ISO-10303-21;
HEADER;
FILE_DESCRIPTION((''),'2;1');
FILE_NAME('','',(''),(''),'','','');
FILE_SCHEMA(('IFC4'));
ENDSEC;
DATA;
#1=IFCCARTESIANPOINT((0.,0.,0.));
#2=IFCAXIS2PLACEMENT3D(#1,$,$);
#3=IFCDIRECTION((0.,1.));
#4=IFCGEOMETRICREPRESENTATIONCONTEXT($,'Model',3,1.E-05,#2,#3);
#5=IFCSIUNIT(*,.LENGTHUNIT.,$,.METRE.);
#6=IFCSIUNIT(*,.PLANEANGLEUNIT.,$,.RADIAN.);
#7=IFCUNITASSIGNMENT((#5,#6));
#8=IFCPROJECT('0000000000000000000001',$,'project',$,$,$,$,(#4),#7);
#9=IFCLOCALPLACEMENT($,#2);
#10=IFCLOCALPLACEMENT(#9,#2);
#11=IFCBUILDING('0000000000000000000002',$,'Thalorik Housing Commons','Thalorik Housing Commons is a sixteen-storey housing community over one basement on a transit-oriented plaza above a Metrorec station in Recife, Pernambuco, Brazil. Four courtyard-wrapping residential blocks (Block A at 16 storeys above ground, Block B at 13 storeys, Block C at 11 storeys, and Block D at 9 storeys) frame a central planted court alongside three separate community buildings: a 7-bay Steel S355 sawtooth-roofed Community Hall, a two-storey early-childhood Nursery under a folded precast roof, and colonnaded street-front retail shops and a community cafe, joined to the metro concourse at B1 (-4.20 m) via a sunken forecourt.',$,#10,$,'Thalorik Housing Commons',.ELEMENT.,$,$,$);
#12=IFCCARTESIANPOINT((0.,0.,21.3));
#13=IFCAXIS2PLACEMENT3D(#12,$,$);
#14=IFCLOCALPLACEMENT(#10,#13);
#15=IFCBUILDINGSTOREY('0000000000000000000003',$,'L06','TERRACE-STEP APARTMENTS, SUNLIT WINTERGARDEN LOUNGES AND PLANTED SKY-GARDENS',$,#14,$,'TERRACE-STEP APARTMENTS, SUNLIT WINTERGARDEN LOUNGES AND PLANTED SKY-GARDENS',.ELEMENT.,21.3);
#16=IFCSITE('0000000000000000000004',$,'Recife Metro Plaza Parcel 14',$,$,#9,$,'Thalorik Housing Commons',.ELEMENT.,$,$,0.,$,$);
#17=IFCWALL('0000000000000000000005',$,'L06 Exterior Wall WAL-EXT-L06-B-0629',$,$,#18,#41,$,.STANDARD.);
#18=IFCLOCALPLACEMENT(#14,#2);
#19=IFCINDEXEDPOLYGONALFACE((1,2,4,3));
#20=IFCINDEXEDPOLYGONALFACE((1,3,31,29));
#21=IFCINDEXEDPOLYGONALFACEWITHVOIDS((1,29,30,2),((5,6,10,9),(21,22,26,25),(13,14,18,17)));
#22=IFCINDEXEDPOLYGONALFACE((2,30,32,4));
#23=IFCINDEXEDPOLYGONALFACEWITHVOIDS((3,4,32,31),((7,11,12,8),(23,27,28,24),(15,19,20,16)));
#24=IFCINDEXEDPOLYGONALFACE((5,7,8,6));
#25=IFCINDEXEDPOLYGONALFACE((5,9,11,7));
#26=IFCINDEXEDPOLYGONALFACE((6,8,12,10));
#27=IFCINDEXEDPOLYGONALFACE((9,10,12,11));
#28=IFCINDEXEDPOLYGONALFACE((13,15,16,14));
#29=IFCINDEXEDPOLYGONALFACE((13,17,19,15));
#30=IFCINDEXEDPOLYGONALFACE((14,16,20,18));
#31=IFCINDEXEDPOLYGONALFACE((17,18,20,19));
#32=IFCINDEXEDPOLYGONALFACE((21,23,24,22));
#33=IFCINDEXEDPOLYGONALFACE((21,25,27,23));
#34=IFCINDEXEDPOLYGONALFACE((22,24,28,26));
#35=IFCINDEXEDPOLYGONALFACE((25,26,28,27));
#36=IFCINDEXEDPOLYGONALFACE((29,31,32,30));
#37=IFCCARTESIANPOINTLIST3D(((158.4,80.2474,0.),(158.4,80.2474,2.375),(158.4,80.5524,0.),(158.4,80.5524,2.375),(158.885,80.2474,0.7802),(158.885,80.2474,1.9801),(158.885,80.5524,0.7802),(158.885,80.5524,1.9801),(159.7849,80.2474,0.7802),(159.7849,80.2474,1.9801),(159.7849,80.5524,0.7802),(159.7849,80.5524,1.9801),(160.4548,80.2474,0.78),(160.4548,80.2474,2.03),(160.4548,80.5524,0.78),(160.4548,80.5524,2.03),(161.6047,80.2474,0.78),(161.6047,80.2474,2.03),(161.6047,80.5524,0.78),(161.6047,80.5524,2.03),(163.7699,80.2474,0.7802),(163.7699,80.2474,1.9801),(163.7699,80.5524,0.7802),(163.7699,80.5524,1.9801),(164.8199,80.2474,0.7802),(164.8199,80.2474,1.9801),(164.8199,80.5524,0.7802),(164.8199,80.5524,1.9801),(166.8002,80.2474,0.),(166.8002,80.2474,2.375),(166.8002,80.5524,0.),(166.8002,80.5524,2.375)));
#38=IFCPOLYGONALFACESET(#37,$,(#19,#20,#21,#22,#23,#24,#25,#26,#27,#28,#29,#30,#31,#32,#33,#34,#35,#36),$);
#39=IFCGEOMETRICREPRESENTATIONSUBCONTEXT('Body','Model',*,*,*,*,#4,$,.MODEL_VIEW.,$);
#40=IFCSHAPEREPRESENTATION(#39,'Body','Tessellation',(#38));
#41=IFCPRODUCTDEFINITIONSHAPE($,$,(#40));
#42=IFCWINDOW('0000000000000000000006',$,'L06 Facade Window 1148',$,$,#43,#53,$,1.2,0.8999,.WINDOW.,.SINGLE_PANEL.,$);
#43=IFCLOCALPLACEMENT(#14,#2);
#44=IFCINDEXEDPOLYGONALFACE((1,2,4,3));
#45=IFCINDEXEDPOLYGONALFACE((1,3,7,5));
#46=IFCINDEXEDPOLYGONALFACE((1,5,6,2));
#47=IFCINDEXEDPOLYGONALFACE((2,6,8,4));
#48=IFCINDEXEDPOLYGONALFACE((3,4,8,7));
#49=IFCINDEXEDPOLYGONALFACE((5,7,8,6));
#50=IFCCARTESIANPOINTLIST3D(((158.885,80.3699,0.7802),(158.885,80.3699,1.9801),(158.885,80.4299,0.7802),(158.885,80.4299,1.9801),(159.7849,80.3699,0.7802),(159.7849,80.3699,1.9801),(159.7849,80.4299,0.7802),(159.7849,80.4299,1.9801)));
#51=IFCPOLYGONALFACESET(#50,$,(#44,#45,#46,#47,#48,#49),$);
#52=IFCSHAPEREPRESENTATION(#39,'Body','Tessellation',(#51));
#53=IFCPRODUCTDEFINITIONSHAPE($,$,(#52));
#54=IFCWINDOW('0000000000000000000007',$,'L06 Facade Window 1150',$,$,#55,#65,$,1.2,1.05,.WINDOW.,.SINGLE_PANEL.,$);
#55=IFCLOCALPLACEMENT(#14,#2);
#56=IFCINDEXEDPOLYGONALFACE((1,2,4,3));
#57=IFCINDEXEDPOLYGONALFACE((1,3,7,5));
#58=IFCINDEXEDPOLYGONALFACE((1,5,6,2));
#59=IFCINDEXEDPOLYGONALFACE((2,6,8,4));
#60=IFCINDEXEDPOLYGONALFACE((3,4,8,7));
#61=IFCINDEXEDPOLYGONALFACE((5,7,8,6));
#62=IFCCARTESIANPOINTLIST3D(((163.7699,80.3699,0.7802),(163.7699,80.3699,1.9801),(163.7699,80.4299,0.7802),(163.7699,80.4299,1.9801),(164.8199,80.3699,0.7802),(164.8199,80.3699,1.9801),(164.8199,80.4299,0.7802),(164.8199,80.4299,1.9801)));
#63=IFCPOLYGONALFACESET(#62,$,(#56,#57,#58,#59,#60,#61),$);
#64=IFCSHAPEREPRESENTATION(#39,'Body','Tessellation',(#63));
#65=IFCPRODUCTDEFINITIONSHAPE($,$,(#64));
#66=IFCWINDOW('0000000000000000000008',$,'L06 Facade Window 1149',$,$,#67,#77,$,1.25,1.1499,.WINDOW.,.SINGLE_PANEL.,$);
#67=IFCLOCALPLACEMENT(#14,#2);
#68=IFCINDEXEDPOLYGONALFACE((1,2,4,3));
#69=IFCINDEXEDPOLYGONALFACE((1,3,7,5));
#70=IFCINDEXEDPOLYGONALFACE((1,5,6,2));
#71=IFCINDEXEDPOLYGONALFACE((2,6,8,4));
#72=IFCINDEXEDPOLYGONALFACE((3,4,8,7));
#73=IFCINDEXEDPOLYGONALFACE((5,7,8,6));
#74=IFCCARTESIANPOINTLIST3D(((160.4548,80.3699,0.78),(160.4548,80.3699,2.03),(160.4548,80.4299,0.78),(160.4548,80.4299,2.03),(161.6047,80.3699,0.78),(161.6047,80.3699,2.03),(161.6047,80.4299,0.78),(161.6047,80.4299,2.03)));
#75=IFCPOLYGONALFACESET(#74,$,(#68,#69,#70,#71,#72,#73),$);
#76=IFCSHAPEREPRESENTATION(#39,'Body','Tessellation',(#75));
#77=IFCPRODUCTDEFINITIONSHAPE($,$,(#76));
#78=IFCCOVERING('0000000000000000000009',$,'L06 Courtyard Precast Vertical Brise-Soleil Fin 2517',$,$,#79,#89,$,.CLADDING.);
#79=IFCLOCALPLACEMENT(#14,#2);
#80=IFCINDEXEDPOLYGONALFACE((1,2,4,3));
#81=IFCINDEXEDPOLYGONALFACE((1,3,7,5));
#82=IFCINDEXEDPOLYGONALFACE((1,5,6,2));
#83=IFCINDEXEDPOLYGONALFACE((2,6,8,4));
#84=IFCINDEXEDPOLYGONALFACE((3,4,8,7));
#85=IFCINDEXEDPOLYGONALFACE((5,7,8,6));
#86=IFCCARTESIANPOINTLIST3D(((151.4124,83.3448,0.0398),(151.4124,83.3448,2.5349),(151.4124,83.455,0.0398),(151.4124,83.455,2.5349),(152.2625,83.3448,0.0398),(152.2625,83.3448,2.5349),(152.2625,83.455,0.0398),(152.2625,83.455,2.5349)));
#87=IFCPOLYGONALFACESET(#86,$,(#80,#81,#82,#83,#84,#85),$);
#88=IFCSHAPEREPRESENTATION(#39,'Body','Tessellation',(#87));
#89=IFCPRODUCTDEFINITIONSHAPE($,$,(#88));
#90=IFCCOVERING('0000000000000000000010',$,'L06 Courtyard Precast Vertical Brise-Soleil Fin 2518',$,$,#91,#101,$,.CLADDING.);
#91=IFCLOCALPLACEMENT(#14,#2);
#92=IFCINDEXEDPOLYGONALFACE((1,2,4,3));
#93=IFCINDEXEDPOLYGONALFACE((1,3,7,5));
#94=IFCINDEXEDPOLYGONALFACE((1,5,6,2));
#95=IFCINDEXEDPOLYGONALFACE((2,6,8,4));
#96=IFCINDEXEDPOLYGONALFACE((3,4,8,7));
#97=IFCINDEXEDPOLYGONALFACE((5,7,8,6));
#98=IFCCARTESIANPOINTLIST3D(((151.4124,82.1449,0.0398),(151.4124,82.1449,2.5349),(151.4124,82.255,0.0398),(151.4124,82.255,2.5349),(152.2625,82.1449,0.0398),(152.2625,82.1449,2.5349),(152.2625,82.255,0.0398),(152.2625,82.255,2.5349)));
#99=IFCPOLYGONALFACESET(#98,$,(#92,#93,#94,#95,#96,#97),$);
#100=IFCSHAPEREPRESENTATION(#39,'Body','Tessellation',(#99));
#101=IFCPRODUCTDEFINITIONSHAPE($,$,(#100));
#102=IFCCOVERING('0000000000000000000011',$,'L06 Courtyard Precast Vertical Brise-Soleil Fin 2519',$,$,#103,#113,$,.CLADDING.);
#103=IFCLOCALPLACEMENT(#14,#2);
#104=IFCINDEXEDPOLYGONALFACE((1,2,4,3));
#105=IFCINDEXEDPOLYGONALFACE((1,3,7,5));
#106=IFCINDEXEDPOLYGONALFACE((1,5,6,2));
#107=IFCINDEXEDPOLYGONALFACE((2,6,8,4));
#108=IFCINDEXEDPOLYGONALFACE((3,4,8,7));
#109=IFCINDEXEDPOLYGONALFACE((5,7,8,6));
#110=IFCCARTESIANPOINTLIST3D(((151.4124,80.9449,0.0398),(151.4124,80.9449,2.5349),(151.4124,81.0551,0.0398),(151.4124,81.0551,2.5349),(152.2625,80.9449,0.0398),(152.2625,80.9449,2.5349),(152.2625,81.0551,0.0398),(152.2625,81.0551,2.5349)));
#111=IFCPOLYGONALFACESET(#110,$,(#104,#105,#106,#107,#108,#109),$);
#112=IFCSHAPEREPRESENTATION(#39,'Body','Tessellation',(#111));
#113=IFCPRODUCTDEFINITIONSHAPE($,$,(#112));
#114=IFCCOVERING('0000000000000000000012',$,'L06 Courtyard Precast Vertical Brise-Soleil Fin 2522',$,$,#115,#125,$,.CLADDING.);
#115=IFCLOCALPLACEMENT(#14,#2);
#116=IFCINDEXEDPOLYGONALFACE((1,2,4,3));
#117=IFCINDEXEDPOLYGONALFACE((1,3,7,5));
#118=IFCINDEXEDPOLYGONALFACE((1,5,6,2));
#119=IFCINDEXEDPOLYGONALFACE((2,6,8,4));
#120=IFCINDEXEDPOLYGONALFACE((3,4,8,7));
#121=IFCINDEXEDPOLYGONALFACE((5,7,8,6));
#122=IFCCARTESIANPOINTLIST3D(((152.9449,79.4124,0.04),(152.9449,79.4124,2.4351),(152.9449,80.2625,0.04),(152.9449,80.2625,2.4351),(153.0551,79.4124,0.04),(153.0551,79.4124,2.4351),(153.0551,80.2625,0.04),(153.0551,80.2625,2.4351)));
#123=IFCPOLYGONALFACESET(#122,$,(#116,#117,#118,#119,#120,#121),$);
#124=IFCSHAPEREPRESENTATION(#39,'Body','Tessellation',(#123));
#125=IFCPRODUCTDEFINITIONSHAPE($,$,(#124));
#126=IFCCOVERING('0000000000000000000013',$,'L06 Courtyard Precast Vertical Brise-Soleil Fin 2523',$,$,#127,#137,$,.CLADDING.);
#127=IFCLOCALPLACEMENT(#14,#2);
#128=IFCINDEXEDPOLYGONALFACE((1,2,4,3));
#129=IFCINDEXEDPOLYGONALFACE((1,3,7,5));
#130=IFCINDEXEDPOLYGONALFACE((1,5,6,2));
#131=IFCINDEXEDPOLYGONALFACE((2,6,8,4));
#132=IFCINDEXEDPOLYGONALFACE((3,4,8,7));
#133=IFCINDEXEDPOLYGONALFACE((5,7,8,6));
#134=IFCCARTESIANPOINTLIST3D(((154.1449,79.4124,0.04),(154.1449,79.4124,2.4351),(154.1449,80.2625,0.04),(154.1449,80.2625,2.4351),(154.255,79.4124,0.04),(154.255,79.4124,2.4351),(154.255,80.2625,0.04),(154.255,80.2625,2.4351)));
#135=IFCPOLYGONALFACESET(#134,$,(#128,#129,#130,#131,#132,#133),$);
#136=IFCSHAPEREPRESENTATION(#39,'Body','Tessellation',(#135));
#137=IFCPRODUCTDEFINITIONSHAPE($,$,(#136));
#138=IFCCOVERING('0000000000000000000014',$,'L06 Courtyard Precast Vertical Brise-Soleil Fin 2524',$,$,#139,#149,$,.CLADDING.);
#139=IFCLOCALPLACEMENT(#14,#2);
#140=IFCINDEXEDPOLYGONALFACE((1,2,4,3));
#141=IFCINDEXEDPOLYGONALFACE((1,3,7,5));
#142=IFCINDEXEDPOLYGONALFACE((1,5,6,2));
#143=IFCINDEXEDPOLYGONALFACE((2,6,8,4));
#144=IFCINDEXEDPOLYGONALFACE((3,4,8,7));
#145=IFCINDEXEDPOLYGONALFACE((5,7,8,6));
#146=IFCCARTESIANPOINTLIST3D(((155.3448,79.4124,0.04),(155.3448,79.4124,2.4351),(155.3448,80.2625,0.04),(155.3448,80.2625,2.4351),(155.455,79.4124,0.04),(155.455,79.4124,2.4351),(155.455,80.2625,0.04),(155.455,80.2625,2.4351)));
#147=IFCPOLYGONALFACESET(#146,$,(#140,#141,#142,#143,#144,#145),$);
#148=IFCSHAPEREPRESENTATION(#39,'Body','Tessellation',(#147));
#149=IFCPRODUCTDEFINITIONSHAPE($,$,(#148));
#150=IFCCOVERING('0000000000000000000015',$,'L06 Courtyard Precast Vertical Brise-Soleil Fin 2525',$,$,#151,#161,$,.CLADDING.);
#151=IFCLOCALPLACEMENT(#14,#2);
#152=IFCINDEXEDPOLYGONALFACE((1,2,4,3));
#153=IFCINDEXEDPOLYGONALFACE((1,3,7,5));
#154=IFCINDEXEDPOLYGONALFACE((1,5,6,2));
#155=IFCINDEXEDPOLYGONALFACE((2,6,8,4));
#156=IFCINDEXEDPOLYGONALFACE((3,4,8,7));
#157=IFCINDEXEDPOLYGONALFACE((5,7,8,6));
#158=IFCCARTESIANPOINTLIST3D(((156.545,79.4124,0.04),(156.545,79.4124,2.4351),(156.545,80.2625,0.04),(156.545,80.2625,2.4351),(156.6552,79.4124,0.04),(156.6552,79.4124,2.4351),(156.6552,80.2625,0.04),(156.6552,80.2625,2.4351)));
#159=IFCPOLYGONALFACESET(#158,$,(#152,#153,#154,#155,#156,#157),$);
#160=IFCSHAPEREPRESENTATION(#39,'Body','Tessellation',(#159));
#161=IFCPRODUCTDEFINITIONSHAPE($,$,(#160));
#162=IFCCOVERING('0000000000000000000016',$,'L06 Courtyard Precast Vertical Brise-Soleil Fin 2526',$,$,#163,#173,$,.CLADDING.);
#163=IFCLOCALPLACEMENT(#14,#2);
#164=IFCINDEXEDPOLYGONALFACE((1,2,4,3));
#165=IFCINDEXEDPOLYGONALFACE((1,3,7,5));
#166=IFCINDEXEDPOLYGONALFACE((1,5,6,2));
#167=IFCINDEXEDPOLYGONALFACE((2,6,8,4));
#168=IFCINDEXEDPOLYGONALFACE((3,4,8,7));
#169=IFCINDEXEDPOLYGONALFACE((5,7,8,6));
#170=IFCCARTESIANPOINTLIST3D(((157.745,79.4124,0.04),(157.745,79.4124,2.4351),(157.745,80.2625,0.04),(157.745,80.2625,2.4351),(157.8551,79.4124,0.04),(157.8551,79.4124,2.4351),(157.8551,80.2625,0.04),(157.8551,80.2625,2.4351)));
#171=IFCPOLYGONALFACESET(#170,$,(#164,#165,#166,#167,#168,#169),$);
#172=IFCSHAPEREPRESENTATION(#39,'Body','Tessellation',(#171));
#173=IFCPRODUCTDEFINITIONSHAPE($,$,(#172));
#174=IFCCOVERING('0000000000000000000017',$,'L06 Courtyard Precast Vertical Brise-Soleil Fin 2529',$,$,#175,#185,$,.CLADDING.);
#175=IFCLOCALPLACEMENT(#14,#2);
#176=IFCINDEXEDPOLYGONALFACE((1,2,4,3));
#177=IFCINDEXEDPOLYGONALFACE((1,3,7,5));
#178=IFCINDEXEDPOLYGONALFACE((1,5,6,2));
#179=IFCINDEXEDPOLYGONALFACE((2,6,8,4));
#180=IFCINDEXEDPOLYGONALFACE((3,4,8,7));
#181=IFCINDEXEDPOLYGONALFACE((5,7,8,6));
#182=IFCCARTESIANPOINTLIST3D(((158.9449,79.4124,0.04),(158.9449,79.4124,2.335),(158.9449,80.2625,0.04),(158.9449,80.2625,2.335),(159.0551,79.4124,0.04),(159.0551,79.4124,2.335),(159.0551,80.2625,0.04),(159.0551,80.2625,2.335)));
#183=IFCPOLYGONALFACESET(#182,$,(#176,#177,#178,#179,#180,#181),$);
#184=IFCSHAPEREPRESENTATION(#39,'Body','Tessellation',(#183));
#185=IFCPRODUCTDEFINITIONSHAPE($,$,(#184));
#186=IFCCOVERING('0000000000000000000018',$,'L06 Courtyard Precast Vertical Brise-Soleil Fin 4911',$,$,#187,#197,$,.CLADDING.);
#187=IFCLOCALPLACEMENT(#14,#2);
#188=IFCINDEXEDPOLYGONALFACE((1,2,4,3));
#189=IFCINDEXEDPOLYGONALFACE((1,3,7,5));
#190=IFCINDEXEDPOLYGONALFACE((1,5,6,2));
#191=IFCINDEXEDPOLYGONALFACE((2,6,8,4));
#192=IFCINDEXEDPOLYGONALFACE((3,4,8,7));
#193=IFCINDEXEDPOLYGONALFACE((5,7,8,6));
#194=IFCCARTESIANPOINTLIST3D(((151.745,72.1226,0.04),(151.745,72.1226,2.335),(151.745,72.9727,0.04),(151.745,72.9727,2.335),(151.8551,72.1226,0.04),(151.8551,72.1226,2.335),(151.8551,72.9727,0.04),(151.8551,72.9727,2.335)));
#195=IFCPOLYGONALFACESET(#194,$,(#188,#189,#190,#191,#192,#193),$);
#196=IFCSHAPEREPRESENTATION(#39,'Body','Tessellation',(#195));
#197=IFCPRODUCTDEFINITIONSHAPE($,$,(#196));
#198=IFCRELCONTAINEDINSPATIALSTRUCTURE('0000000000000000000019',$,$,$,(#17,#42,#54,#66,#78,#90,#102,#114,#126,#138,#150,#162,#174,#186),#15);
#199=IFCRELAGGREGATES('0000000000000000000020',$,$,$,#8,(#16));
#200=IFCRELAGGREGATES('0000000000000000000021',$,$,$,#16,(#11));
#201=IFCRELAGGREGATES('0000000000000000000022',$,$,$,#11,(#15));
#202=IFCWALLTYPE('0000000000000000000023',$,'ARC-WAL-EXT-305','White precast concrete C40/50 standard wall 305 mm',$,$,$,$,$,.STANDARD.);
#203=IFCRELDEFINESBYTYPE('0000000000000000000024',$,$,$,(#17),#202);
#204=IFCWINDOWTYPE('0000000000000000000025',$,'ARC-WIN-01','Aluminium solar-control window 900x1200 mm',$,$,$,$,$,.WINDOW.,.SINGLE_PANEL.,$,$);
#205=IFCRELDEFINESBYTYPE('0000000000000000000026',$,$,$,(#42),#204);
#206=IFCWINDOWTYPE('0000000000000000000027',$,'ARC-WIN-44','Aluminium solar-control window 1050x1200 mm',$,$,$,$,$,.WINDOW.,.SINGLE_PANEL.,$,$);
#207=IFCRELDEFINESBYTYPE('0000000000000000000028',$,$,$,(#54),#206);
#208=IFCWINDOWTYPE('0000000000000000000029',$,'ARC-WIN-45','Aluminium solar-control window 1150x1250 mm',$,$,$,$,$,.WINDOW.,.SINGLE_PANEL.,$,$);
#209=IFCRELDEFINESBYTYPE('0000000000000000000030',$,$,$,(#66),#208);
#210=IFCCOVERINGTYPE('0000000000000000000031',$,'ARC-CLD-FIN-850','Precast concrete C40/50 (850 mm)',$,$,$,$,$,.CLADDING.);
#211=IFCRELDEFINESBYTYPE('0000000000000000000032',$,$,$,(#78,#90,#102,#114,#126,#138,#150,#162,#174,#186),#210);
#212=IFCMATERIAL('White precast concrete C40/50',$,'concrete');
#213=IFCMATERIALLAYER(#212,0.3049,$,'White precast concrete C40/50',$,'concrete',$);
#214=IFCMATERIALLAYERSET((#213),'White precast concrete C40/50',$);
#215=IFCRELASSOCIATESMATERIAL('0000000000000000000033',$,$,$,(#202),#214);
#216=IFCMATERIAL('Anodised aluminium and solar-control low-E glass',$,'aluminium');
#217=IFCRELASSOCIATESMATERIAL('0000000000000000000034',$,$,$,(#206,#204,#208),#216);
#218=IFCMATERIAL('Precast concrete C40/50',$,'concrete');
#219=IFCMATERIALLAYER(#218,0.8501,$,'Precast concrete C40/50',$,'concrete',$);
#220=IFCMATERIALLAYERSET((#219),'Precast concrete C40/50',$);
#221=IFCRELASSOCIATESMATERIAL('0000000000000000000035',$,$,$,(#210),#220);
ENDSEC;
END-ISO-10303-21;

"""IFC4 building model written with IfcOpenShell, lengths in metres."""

from ifc_helpers import new_model, si_unit, direction, frame, frame_2d, origin, origin_2d, place, context, subcontext, project, spatial, rectangle, extrude, material, layer, layer_set, type_object, element, fill, save


model = new_model("IFC4")

# Units and contexts
model_context = context("Model", 3, precision=1e-05, world=origin(), true_north=direction((0.0, 1.0)))
body_context = subcontext(model_context, "Body", "Model", "MODEL_VIEW")
ifc_project = project(units=[si_unit("LENGTHUNIT", "METRE"), si_unit("PLANEANGLEUNIT", "RADIAN")], contexts=[model_context])

# Site, building, storey
site_placement = place(None, origin())
site = spatial("IfcSite", under=ifc_project, at=site_placement, Name="Recife Metro Plaza Parcel 14", LongName="Thalorik Housing Commons", CompositionType="ELEMENT", RefElevation=0.0)
building_placement = place(site_placement, origin())
building = spatial("IfcBuilding", under=site, at=building_placement, Name="Thalorik Housing Commons", Description="Thalorik Housing Commons is a sixteen-storey housing community over one basement on a transit-oriented plaza above a Metrorec station in Recife, Pernambuco, Brazil. Four courtyard-wrapping residential blocks (Block A at 16 storeys above ground, Block B at 13 storeys, Block C at 11 storeys, and Block D at 9 storeys) frame a central planted court alongside three separate community buildings: a 7-bay Steel S355 sawtooth-roofed Community Hall, a two-storey early-childhood Nursery under a folded precast roof, and colonnaded street-front retail shops and a community cafe, joined to the metro concourse at B1 (-4.20 m) via a sunken forecourt.", LongName="Thalorik Housing Commons", CompositionType="ELEMENT")
storey_placement = place(building_placement, frame((0.0, 0.0, 21.3)))
storey = spatial("IfcBuildingStorey", under=building, at=storey_placement, Name="L06", Description="TERRACE-STEP APARTMENTS, SUNLIT WINTERGARDEN LOUNGES AND PLANTED SKY-GARDENS", LongName="TERRACE-STEP APARTMENTS, SUNLIT WINTERGARDEN LOUNGES AND PLANTED SKY-GARDENS", CompositionType="ELEMENT", Elevation=21.3)

# Shared definitions
ifc_material_1 = material(Name="Precast concrete C40/50", Category="concrete")

# Wall, openings, windows
ifc_material_2 = material(Name="White precast concrete C40/50", Category="concrete")
ifc_layer_1 = layer(ifc_material_2, 0.3049, Name="White precast concrete C40/50", Category="concrete")
ifc_layer_set_1 = layer_set([ifc_layer_1], Name="White precast concrete C40/50")
wall_type = type_object("IfcWallType", Name="ARC-WAL-EXT-305", Description="White precast concrete C40/50 standard wall 305 mm", PredefinedType="STANDARD", material=ifc_layer_set_1)
ifc_material_3 = material(Name="Anodised aluminium and solar-control low-E glass", Category="aluminium")
window_type_1 = type_object("IfcWindowType", Name="ARC-WIN-44", Description="Aluminium solar-control window 1050x1200 mm", PartitioningType="SINGLE_PANEL", PredefinedType="WINDOW", material=ifc_material_3)
wall_1_placement = place(storey_placement, frame((158.3999, 80.3999, 0.0), z_axis=(0.0, 0.0, 1.0), x_axis=(1.0, 0.0, 0.0)))
wall_1 = element("IfcWall", 1, at=wall_1_placement, inside=storey, type_object=wall_type, Name="L06 Exterior Wall WAL-EXT-L06-B-0629", PredefinedType="STANDARD", context=body_context, shape_type="SweptSolid", body=[
    extrude(rectangle(XDim=8.4001, YDim=0.3049, at=frame_2d((4.2002, 0.0))), origin(), (0.0, 0.0, 1.0), 2.375),
])
opening_1_placement = place(wall_1_placement, frame((0.4851, 0.0, 0.78)))
opening_1 = element("IfcOpeningElement", 2, at=opening_1_placement, cuts=wall_1, PredefinedType="OPENING", context=body_context, shape_type="SweptSolid", body=[
    extrude(rectangle(XDim=0.8999, YDim=1.2, at=frame_2d((0.45, 0.6001))), frame((0.0, 0.1626, 0.0), z_axis=(0.0, -1.0, 0.0), x_axis=(1.0, 0.0, 0.0)), (0.0, 0.0, 1.0), 0.325),
])
opening_2_placement = place(wall_1_placement, frame((2.0549, 0.0, 0.78)))
opening_2 = element("IfcOpeningElement", 3, at=opening_2_placement, cuts=wall_1, PredefinedType="OPENING", context=body_context, shape_type="SweptSolid", body=[
    extrude(rectangle(XDim=1.1499, YDim=1.25, at=frame_2d((0.575, 0.625))), frame((0.0, 0.1626, 0.0), z_axis=(0.0, -1.0, 0.0), x_axis=(1.0, 0.0, 0.0)), (0.0, 0.0, 1.0), 0.325),
])
opening_3_placement = place(wall_1_placement, frame((5.3701, 0.0, 0.78)))
opening_3 = element("IfcOpeningElement", 4, at=opening_3_placement, cuts=wall_1, PredefinedType="OPENING", context=body_context, shape_type="SweptSolid", body=[
    extrude(rectangle(XDim=1.05, YDim=1.2, at=frame_2d((0.5249, 0.6001))), frame((0.0, 0.1626, 0.0), z_axis=(0.0, -1.0, 0.0), x_axis=(1.0, 0.0, 0.0)), (0.0, 0.0, 1.0), 0.325),
])
window_type_2 = type_object("IfcWindowType", Name="ARC-WIN-01", Description="Aluminium solar-control window 900x1200 mm", PartitioningType="SINGLE_PANEL", PredefinedType="WINDOW", material=ifc_material_3)
window_1_placement = place(opening_1_placement, origin())
window_1 = element("IfcWindow", 5, at=window_1_placement, inside=storey, type_object=window_type_2, Name="L06 Facade Window 1148", OverallHeight=1.2, OverallWidth=0.8999, PartitioningType="SINGLE_PANEL", PredefinedType="WINDOW", context=body_context, shape_type="SweptSolid", body=[
    extrude(rectangle(XDim=0.8999, YDim=1.2, at=frame_2d((0.45, 0.6001))), frame((0.0, 0.03, 0.0), z_axis=(0.0, -1.0, 0.0), x_axis=(1.0, 0.0, 0.0)), (0.0, 0.0, 1.0), 0.0601),
])
fill(opening_1, window_1)
window_2_placement = place(opening_3_placement, origin())
window_2 = element("IfcWindow", 6, at=window_2_placement, inside=storey, type_object=window_type_1, Name="L06 Facade Window 1150", OverallHeight=1.2, OverallWidth=1.05, PartitioningType="SINGLE_PANEL", PredefinedType="WINDOW", context=body_context, shape_type="SweptSolid", body=[
    extrude(rectangle(XDim=1.05, YDim=1.2, at=frame_2d((0.5249, 0.6001))), frame((0.0, 0.03, 0.0), z_axis=(0.0, -1.0, 0.0), x_axis=(1.0, 0.0, 0.0)), (0.0, 0.0, 1.0), 0.0601),
])
fill(opening_3, window_2)
window_type_3 = type_object("IfcWindowType", Name="ARC-WIN-45", Description="Aluminium solar-control window 1150x1250 mm", PartitioningType="SINGLE_PANEL", PredefinedType="WINDOW", material=ifc_material_3)
window_3_placement = place(opening_2_placement, origin())
window_3 = element("IfcWindow", 7, at=window_3_placement, inside=storey, type_object=window_type_3, Name="L06 Facade Window 1149", OverallHeight=1.25, OverallWidth=1.1499, PartitioningType="SINGLE_PANEL", PredefinedType="WINDOW", context=body_context, shape_type="SweptSolid", body=[
    extrude(rectangle(XDim=1.1499, YDim=1.25, at=frame_2d((0.575, 0.625))), frame((0.0, 0.03, 0.0), z_axis=(0.0, -1.0, 0.0), x_axis=(1.0, 0.0, 0.0)), (0.0, 0.0, 1.0), 0.0601),
])
fill(opening_2, window_3)

# Coverings
ifc_layer_2 = layer(ifc_material_1, 0.8501, Name="Precast concrete C40/50", Category="concrete")
ifc_layer_set_2 = layer_set([ifc_layer_2], Name="Precast concrete C40/50")
covering_type_1 = type_object("IfcCoveringType", Name="ARC-CLD-FIN-850", Description="Precast concrete C40/50 (850 mm)", PredefinedType="CLADDING", material=ifc_layer_set_2)
for number, where, z_axis, x_axis, name in (
    (8, (151.8374, 83.3999, 0.0398), (0.0, 0.0, 1.0), (0.0, -1.0, 0.0), "L06 Courtyard Precast Vertical Brise-Soleil Fin 2517"),
    (9, (151.8374, 82.2, 0.0398), (0.0, 0.0, 1.0), (0.0, -1.0, 0.0), "L06 Courtyard Precast Vertical Brise-Soleil Fin 2518"),
    (10, (151.8374, 81.0, 0.0398), (0.0, 0.0, 1.0), (0.0, -1.0, 0.0), "L06 Courtyard Precast Vertical Brise-Soleil Fin 2519"),
):
    element("IfcCovering", number, at=place(storey_placement, frame(where, z_axis=z_axis, x_axis=x_axis)), inside=storey, type_object=covering_type_1, Name=name, PredefinedType="CLADDING", context=body_context, shape_type="SweptSolid", body=[
        extrude(rectangle(XDim=0.1101, YDim=0.8501, at=origin_2d()), origin(), (0.0, 0.0, 1.0), 2.4951),
    ])
for number, where, z_axis, x_axis, name in (
    (11, (153.0, 79.8374, 0.04), (0.0, 0.0, 1.0), (1.0, 0.0, 0.0), "L06 Courtyard Precast Vertical Brise-Soleil Fin 2522"),
    (12, (154.2, 79.8374, 0.04), (0.0, 0.0, 1.0), (1.0, 0.0, 0.0), "L06 Courtyard Precast Vertical Brise-Soleil Fin 2523"),
    (13, (155.3999, 79.8374, 0.04), (0.0, 0.0, 1.0), (1.0, 0.0, 0.0), "L06 Courtyard Precast Vertical Brise-Soleil Fin 2524"),
    (14, (156.6001, 79.8374, 0.04), (0.0, 0.0, 1.0), (1.0, 0.0, 0.0), "L06 Courtyard Precast Vertical Brise-Soleil Fin 2525"),
    (15, (157.8, 79.8374, 0.04), (0.0, 0.0, 1.0), (1.0, 0.0, 0.0), "L06 Courtyard Precast Vertical Brise-Soleil Fin 2526"),
):
    element("IfcCovering", number, at=place(storey_placement, frame(where, z_axis=z_axis, x_axis=x_axis)), inside=storey, type_object=covering_type_1, Name=name, PredefinedType="CLADDING", context=body_context, shape_type="SweptSolid", body=[
        extrude(rectangle(XDim=0.1101, YDim=0.8501, at=origin_2d()), origin(), (0.0, 0.0, 1.0), 2.395),
    ])
for number, where, z_axis, x_axis, name in (
    (16, (159.0, 79.8374, 0.04), (0.0, 0.0, 1.0), (1.0, 0.0, 0.0), "L06 Courtyard Precast Vertical Brise-Soleil Fin 2529"),
    (17, (151.8, 72.5476, 0.04), (0.0, 0.0, 1.0), (-1.0, 0.0, 0.0), "L06 Courtyard Precast Vertical Brise-Soleil Fin 4911"),
):
    element("IfcCovering", number, at=place(storey_placement, frame(where, z_axis=z_axis, x_axis=x_axis)), inside=storey, type_object=covering_type_1, Name=name, PredefinedType="CLADDING", context=body_context, shape_type="SweptSolid", body=[
        extrude(rectangle(XDim=0.1101, YDim=0.8501, at=origin_2d()), origin(), (0.0, 0.0, 1.0), 2.2949),
    ])

save(model, "model.ifc")
